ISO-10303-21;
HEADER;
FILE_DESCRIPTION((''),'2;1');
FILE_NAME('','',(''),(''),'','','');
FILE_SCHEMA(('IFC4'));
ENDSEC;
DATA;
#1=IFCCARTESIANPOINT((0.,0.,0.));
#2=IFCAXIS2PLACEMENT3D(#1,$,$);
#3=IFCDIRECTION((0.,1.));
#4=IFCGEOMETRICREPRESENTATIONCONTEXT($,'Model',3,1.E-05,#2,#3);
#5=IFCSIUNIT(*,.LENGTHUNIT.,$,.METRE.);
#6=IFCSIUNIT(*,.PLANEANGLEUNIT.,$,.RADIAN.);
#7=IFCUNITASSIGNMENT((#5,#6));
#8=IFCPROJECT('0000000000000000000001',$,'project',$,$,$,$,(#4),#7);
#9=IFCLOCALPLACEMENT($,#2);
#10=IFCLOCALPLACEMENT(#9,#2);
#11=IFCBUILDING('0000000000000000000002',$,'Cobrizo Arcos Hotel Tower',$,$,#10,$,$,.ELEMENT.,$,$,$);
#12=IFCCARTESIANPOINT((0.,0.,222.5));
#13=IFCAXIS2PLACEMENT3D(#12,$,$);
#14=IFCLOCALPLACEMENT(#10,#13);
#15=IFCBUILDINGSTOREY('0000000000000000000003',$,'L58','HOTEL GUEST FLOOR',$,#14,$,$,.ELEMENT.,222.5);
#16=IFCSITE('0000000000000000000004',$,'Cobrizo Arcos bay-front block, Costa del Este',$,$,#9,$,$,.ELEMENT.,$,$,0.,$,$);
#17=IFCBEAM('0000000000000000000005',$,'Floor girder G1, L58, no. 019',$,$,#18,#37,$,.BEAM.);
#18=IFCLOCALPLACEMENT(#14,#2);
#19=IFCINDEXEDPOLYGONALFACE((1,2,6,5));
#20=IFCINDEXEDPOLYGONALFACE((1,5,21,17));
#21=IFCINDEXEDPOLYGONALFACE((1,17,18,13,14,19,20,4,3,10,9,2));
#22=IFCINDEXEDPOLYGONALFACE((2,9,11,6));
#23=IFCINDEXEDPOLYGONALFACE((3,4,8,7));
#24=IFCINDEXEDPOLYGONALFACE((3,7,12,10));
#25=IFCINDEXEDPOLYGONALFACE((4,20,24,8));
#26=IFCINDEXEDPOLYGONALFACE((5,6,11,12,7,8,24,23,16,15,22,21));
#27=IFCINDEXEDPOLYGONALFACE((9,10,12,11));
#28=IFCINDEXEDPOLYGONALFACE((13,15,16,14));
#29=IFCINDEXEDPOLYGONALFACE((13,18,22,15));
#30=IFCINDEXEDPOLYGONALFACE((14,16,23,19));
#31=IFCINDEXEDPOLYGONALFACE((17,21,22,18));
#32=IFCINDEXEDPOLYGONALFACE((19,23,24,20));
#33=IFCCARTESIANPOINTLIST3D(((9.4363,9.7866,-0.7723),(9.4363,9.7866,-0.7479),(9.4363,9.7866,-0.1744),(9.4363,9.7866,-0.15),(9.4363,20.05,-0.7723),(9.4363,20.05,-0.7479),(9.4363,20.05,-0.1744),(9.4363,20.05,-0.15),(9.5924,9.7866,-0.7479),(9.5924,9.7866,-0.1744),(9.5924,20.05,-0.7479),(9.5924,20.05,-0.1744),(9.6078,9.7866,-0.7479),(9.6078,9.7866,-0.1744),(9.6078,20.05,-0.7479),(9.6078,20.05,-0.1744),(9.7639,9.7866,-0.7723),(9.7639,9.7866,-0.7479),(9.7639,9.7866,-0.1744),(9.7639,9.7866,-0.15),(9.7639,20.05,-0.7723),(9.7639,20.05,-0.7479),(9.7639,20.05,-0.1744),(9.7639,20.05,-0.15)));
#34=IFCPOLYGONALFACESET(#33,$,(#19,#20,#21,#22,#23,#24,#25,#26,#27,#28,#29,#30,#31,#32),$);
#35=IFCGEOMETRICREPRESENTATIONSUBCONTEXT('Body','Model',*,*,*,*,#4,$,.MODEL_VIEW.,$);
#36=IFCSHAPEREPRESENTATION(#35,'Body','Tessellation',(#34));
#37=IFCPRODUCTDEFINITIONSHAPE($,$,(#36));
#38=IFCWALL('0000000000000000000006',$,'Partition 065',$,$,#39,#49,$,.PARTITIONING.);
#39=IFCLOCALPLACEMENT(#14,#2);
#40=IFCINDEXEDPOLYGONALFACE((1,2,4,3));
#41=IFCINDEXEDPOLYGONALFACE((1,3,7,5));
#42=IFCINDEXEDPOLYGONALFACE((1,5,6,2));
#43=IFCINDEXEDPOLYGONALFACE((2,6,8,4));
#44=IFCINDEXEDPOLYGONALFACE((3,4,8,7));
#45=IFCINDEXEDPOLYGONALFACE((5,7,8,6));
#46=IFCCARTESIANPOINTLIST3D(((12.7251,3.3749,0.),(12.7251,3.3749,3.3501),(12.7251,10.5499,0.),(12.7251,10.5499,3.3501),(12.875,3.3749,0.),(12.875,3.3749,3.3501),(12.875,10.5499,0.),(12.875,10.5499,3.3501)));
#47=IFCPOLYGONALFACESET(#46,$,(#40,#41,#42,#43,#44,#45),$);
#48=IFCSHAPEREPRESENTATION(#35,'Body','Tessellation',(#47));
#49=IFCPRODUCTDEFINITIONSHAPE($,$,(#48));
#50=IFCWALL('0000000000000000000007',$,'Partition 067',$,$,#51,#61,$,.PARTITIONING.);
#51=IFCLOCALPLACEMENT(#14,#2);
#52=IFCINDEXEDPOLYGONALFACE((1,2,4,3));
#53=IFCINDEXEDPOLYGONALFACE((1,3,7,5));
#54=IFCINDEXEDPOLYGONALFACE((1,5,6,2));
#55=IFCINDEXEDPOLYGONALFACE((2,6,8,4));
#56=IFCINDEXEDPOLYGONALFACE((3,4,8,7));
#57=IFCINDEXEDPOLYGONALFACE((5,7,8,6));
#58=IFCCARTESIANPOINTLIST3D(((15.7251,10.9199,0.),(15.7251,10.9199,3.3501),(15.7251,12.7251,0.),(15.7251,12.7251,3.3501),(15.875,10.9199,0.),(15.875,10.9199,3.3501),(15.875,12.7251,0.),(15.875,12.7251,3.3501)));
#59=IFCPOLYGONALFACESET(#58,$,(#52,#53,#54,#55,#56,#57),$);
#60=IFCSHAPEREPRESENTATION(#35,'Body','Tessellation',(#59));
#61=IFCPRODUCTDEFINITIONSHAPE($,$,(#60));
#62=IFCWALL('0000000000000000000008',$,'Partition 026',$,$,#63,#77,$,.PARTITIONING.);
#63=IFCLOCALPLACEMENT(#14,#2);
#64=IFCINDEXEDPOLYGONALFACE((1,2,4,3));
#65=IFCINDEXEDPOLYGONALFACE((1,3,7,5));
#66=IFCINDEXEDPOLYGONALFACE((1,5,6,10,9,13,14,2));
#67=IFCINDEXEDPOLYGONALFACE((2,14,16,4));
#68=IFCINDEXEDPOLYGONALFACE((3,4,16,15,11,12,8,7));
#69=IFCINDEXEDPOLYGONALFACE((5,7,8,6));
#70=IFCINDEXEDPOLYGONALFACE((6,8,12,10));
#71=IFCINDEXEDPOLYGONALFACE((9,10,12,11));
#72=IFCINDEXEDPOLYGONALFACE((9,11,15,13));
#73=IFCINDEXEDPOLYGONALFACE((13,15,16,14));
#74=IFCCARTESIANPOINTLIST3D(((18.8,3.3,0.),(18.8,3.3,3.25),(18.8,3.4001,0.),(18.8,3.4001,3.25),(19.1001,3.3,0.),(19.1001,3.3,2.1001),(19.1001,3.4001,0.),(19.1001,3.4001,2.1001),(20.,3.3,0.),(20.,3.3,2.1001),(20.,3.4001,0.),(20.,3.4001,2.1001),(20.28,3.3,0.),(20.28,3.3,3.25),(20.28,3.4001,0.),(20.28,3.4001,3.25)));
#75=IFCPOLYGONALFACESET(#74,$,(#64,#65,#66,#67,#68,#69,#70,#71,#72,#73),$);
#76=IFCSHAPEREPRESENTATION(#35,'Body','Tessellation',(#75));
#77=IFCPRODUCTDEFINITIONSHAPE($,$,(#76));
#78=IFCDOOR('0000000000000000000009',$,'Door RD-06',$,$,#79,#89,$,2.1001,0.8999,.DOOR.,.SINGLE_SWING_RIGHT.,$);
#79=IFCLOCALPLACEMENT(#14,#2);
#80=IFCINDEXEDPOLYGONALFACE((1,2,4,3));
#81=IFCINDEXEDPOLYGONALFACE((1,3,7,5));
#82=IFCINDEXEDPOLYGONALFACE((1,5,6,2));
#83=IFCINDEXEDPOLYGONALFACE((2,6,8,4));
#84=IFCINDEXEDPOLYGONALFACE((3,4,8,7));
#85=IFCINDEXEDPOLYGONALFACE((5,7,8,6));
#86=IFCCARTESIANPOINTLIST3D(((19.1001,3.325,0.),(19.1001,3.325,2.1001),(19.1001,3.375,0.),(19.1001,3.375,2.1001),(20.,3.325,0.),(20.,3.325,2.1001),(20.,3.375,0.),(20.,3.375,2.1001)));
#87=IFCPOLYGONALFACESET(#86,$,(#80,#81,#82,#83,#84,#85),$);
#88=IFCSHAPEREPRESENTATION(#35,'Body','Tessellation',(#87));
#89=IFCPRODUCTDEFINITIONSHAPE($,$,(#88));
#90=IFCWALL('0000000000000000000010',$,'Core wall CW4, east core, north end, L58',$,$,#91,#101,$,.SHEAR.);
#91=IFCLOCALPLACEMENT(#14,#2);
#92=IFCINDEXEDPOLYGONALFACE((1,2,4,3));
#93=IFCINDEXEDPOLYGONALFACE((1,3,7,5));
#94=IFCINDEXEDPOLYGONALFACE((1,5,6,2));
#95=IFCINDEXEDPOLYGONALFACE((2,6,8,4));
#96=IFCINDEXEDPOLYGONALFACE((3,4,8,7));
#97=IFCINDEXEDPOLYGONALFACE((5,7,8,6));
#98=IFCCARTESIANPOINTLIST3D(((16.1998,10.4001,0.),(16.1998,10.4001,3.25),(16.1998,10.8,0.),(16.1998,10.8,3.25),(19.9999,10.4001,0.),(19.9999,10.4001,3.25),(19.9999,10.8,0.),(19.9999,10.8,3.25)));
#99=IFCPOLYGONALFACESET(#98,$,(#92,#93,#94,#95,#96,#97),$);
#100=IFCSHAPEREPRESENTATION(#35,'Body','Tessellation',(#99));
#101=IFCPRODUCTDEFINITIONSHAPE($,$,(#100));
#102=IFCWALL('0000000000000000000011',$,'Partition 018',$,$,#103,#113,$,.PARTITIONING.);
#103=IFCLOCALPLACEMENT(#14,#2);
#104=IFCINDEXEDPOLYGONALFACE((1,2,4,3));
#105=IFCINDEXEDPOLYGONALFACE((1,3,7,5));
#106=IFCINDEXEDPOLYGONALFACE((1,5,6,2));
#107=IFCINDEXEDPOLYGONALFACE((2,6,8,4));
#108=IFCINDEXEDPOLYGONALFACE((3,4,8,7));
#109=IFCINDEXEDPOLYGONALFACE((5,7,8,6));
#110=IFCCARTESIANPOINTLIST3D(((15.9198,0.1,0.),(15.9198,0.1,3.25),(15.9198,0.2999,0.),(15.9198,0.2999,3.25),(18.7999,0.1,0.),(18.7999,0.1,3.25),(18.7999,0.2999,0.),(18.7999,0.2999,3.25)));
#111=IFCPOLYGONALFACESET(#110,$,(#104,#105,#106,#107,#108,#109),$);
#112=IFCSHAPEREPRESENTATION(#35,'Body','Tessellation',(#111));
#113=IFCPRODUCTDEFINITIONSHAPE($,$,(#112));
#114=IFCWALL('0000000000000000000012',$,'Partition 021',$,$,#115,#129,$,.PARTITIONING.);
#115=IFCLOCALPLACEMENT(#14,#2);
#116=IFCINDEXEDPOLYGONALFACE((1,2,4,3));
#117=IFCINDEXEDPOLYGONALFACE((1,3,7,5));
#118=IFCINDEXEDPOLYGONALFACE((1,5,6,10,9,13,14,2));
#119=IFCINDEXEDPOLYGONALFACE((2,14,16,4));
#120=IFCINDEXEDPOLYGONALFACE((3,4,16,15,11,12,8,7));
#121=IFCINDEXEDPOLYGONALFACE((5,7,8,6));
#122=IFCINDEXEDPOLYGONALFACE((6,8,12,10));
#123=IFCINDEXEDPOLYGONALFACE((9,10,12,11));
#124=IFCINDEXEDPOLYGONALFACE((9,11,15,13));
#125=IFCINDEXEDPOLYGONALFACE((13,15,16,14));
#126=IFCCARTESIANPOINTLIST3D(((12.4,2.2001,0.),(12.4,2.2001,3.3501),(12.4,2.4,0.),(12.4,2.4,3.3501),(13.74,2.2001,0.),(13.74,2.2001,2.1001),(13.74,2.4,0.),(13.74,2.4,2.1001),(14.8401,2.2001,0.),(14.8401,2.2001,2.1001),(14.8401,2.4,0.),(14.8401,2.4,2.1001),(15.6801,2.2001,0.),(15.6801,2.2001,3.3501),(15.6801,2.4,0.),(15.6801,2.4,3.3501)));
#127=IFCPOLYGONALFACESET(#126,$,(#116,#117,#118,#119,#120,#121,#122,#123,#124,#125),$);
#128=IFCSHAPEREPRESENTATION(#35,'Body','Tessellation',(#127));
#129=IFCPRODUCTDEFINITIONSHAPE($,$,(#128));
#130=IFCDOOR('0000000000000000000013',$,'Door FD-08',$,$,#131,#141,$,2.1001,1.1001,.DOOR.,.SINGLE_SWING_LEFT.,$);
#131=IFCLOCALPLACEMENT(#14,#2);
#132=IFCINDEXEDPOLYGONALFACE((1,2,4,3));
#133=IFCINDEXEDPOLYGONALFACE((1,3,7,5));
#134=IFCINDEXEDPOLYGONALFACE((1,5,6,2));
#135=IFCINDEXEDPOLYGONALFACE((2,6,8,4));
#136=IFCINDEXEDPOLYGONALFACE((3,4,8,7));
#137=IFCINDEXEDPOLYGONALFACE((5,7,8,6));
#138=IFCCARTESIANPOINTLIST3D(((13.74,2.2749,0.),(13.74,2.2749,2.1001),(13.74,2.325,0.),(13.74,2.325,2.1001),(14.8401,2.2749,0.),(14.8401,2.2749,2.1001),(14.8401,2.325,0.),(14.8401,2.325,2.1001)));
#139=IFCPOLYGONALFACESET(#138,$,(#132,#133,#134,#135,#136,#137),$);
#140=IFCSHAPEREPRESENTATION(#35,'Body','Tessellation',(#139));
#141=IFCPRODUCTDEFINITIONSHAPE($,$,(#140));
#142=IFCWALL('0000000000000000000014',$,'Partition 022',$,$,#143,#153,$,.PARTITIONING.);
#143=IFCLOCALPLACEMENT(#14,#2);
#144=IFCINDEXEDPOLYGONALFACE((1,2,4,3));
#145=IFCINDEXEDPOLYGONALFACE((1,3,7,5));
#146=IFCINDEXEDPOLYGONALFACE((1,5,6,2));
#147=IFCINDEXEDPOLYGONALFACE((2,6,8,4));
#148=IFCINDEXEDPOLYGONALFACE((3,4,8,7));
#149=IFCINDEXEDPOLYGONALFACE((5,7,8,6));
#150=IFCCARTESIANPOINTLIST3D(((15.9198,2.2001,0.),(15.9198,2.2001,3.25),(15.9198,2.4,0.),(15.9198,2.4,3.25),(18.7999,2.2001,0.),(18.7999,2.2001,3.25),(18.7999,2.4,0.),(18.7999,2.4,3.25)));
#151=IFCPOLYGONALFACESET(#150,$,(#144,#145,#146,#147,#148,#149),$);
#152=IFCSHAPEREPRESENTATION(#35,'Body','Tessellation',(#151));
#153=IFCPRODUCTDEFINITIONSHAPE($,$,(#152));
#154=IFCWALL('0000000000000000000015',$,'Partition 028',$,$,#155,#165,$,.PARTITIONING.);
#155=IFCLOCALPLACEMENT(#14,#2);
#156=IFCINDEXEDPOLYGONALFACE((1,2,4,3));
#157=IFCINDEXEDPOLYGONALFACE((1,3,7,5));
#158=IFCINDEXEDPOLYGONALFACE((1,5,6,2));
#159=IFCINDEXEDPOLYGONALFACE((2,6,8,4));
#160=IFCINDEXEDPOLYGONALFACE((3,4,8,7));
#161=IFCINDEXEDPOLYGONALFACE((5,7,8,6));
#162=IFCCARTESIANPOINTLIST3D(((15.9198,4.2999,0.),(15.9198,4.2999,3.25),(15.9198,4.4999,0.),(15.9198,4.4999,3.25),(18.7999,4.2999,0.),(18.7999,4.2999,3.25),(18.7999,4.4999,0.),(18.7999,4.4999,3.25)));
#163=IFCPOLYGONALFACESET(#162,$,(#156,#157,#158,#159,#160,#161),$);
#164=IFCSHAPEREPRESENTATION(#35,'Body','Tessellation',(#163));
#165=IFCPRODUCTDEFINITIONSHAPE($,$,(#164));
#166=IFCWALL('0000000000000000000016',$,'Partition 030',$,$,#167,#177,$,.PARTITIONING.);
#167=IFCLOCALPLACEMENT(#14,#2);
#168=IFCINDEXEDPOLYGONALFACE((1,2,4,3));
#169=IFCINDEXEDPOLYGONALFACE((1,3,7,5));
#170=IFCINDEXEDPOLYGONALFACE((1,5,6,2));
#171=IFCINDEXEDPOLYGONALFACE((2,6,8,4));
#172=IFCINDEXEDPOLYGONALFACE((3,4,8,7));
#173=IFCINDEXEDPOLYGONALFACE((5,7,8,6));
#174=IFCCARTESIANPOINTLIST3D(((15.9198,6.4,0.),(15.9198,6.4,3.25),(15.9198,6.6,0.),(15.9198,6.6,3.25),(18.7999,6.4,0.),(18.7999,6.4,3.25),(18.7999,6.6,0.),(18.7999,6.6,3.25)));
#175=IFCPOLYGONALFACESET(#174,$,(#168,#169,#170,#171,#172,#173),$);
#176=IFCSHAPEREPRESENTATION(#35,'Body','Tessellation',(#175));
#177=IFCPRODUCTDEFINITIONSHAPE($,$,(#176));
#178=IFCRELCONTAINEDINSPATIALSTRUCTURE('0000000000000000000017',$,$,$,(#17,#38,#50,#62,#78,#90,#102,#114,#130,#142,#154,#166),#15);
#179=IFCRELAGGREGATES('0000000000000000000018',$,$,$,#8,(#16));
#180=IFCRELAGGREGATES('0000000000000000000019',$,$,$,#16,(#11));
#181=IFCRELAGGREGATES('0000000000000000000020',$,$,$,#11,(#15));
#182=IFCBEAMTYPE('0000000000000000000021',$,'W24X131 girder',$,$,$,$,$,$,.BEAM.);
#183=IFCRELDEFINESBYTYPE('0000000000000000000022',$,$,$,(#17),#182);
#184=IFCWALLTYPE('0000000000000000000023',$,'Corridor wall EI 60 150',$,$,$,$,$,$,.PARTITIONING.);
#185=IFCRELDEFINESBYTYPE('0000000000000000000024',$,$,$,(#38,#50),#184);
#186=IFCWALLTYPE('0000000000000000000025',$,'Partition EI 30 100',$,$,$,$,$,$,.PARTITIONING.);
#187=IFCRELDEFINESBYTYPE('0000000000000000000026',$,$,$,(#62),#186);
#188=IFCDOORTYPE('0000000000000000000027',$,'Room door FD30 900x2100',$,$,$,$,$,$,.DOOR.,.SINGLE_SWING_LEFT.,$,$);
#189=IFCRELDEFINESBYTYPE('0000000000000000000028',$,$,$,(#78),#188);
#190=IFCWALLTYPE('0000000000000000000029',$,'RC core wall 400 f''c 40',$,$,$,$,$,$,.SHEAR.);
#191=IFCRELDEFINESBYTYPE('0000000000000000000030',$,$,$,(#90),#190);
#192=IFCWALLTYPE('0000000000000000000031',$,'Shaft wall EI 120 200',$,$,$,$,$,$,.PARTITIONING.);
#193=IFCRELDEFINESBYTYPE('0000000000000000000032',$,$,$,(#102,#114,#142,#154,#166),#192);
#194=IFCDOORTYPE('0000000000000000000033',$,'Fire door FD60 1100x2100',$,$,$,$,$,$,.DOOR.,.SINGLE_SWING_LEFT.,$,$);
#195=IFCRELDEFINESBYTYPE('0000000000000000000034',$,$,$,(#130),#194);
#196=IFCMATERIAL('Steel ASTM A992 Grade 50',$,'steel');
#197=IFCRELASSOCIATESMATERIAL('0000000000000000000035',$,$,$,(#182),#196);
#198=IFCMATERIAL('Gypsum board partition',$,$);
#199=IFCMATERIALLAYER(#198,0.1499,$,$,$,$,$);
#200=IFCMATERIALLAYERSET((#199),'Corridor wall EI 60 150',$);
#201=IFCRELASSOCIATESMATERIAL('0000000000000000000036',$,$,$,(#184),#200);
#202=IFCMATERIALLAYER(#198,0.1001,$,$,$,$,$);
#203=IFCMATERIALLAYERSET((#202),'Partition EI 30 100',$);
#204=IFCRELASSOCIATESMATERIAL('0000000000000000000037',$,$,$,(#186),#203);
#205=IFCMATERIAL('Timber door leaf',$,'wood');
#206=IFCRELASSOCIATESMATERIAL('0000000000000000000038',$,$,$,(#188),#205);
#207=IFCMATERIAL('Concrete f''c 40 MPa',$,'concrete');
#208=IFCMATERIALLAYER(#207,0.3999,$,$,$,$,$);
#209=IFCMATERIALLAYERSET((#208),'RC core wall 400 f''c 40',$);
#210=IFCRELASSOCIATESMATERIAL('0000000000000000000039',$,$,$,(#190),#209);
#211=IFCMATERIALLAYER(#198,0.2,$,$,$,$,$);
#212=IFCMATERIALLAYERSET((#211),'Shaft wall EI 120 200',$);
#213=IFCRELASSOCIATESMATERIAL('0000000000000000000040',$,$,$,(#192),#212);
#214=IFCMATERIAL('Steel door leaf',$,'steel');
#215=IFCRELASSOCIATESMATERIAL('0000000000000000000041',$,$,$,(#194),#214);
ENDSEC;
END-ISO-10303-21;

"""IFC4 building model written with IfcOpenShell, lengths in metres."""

from ifc_helpers import new_model, si_unit, direction, frame, frame_2d, origin, origin_2d, place, context, subcontext, project, spatial, rectangle, i_section, extrude, material, layer, layer_set, material_profile, profile_set, type_object, element, fill, save


model = new_model("IFC4")

# Units and contexts
model_context = context("Model", 3, precision=1e-05, world=origin(), true_north=direction((0.0, 1.0)))
body_context = subcontext(model_context, "Body", "Model", "MODEL_VIEW")
ifc_project = project(units=[si_unit("LENGTHUNIT", "METRE"), si_unit("PLANEANGLEUNIT", "RADIAN")], contexts=[model_context])

# Site, building, storey
site_placement = place(None, origin())
site = spatial("IfcSite", under=ifc_project, at=site_placement, Name="Cobrizo Arcos bay-front block, Costa del Este", CompositionType="ELEMENT", RefElevation=0.0)
building_placement = place(site_placement, origin())
building = spatial("IfcBuilding", under=site, at=building_placement, Name="Cobrizo Arcos Hotel Tower", CompositionType="ELEMENT")
storey_placement = place(building_placement, frame((0.0, 0.0, 222.5)))
storey = spatial("IfcBuildingStorey", under=building, at=storey_placement, Name="L58", Description="HOTEL GUEST FLOOR", CompositionType="ELEMENT", Elevation=222.5)

# Shared definitions
ifc_material_1 = material(Name="Steel ASTM A992 Grade 50", Category="steel")

# Beam
ifc_material_profile_1 = material_profile(ifc_material_1, i_section(OverallWidth=0.3276, OverallDepth=0.6223, WebThickness=0.0154, FlangeThickness=0.0244, at=origin_2d()), Name="W24X131")
ifc_profile_set_1 = profile_set([ifc_material_profile_1], Name="Steel ASTM A992 Grade 50")
beam_type_1 = type_object("IfcBeamType", Name="W24X131 girder", PredefinedType="BEAM", material=ifc_profile_set_1)
beam_1_placement = place(storey_placement, frame((9.6001, 9.7866, -0.4612), z_axis=(0.0, 1.0, 0.0), x_axis=(-1.0, 0.0, 0.0)))
element("IfcBeam", 1, at=beam_1_placement, inside=storey, type_object=beam_type_1, Name="Floor girder G1, L58, no. 019", PredefinedType="BEAM", context=body_context, shape_type="SweptSolid", body=[
    extrude(i_section(OverallWidth=0.3276, OverallDepth=0.6223, WebThickness=0.0154, FlangeThickness=0.0244, at=origin_2d()), origin(), (0.0, 0.0, 1.0), 10.2634),
])

# Walls
ifc_material_2 = material(Name="Gypsum board partition")
ifc_layer_1 = layer(ifc_material_2, 0.1499)
ifc_layer_set_1 = layer_set([ifc_layer_1], Name="Corridor wall EI 60 150")
wall_type_1 = type_object("IfcWallType", Name="Corridor wall EI 60 150", PredefinedType="PARTITIONING", material=ifc_layer_set_1)
wall_1_placement = place(storey_placement, frame((12.8, 3.375, 0.0), z_axis=(0.0, 0.0, 1.0), x_axis=(0.0, 1.0, 0.0)))
element("IfcWall", 2, at=wall_1_placement, inside=storey, type_object=wall_type_1, Name="Partition 065", PredefinedType="PARTITIONING", context=body_context, shape_type="SweptSolid", body=[
    extrude(rectangle(XDim=7.175, YDim=0.1499, at=frame_2d((3.5874, 0.0))), origin(), (0.0, 0.0, 1.0), 3.3501),
])
wall_2_placement = place(storey_placement, frame((15.8, 10.9199, 0.0), z_axis=(0.0, 0.0, 1.0), x_axis=(0.0, 1.0, 0.0)))
element("IfcWall", 3, at=wall_2_placement, inside=storey, type_object=wall_type_1, Name="Partition 067", PredefinedType="PARTITIONING", context=body_context, shape_type="SweptSolid", body=[
    extrude(rectangle(XDim=1.8052, YDim=0.1499, at=frame_2d((0.9026, 0.0))), origin(), (0.0, 0.0, 1.0), 3.3501),
])

# Wall, opening, door
ifc_layer_2 = layer(ifc_material_2, 0.1001)
ifc_layer_set_2 = layer_set([ifc_layer_2], Name="Partition EI 30 100")
wall_type_2 = type_object("IfcWallType", Name="Partition EI 30 100", PredefinedType="PARTITIONING", material=ifc_layer_set_2)
wall_3_placement = place(storey_placement, frame((18.8, 3.3501, 0.0), z_axis=(0.0, 0.0, 1.0), x_axis=(1.0, 0.0, 0.0)))
wall_3 = element("IfcWall", 4, at=wall_3_placement, inside=storey, type_object=wall_type_2, Name="Partition 026", PredefinedType="PARTITIONING", context=body_context, shape_type="SweptSolid", body=[
    extrude(rectangle(XDim=1.48, YDim=0.1001, at=frame_2d((0.74, 0.0))), origin(), (0.0, 0.0, 1.0), 3.25),
])
opening_1_placement = place(wall_3_placement, frame((0.3, 0.0, 0.0)))
opening_1 = element("IfcOpeningElement", 5, at=opening_1_placement, cuts=wall_3, PredefinedType="OPENING", context=body_context, shape_type="SweptSolid", body=[
    extrude(rectangle(XDim=0.8999, YDim=2.1001, at=frame_2d((0.45, 1.05))), frame((0.0, 0.062, 0.0), z_axis=(0.0, -1.0, 0.0), x_axis=(1.0, 0.0, 0.0)), (0.0, 0.0, 1.0), 0.124),
])
ifc_material_3 = material(Name="Timber door leaf", Category="wood")
door_type_1 = type_object("IfcDoorType", Name="Room door FD30 900x2100", OperationType="SINGLE_SWING_LEFT", PredefinedType="DOOR", material=ifc_material_3)
door_1_placement = place(opening_1_placement, origin())
door_1 = element("IfcDoor", 6, at=door_1_placement, inside=storey, type_object=door_type_1, Name="Door RD-06", OperationType="SINGLE_SWING_RIGHT", OverallHeight=2.1001, OverallWidth=0.8999, PredefinedType="DOOR", context=body_context, shape_type="SweptSolid", body=[
    extrude(rectangle(XDim=0.8999, YDim=2.1001, at=frame_2d((0.45, 1.05))), frame((0.0, 0.0249, 0.0), z_axis=(0.0, -1.0, 0.0), x_axis=(1.0, 0.0, 0.0)), (0.0, 0.0, 1.0), 0.05),
])
fill(opening_1, door_1)

# Walls
ifc_material_4 = material(Name="Concrete f'c 40 MPa", Category="concrete")
ifc_layer_3 = layer(ifc_material_4, 0.3999)
ifc_layer_set_3 = layer_set([ifc_layer_3], Name="RC core wall 400 f'c 40")
wall_type_3 = type_object("IfcWallType", Name="RC core wall 400 f'c 40", PredefinedType="SHEAR", material=ifc_layer_set_3)
wall_4_placement = place(storey_placement, frame((16.2, 10.6001, 0.0), z_axis=(0.0, 0.0, 1.0), x_axis=(1.0, 0.0, 0.0)))
element("IfcWall", 7, at=wall_4_placement, inside=storey, type_object=wall_type_3, Name="Core wall CW4, east core, north end, L58", PredefinedType="SHEAR", context=body_context, shape_type="SweptSolid", body=[
    extrude(rectangle(XDim=3.8, YDim=0.3999, at=frame_2d((1.8999, 0.0))), origin(), (0.0, 0.0, 1.0), 3.25),
])
ifc_layer_4 = layer(ifc_material_2, 0.2)
ifc_layer_set_4 = layer_set([ifc_layer_4], Name="Shaft wall EI 120 200")
wall_type_4 = type_object("IfcWallType", Name="Shaft wall EI 120 200", PredefinedType="PARTITIONING", material=ifc_layer_set_4)
wall_5_placement = place(storey_placement, frame((15.9199, 0.2, 0.0), z_axis=(0.0, 0.0, 1.0), x_axis=(1.0, 0.0, 0.0)))
element("IfcWall", 8, at=wall_5_placement, inside=storey, type_object=wall_type_4, Name="Partition 018", PredefinedType="PARTITIONING", context=body_context, shape_type="SweptSolid", body=[
    extrude(rectangle(XDim=2.8801, YDim=0.2, at=frame_2d((1.4399, 0.0))), origin(), (0.0, 0.0, 1.0), 3.25),
])

# Wall, opening, door
wall_6_placement = place(storey_placement, frame((12.3999, 2.3, 0.0), z_axis=(0.0, 0.0, 1.0), x_axis=(1.0, 0.0, 0.0)))
wall_6 = element("IfcWall", 9, at=wall_6_placement, inside=storey, type_object=wall_type_4, Name="Partition 021", PredefinedType="PARTITIONING", context=body_context, shape_type="SweptSolid", body=[
    extrude(rectangle(XDim=3.28, YDim=0.2, at=frame_2d((1.6401, 0.0))), origin(), (0.0, 0.0, 1.0), 3.3501),
])
opening_2_placement = place(wall_6_placement, frame((1.3401, 0.0, 0.0)))
opening_2 = element("IfcOpeningElement", 10, at=opening_2_placement, cuts=wall_6, PredefinedType="OPENING", context=body_context, shape_type="SweptSolid", body=[
    extrude(rectangle(XDim=1.1001, YDim=2.1001, at=frame_2d((0.55, 1.05))), frame((0.0, 0.1121, 0.0), z_axis=(0.0, -1.0, 0.0), x_axis=(1.0, 0.0, 0.0)), (0.0, 0.0, 1.0), 0.2239),
])
ifc_material_5 = material(Name="Steel door leaf", Category="steel")
door_type_2 = type_object("IfcDoorType", Name="Fire door FD60 1100x2100", OperationType="SINGLE_SWING_LEFT", PredefinedType="DOOR", material=ifc_material_5)
door_2_placement = place(opening_2_placement, origin())
door_2 = element("IfcDoor", 11, at=door_2_placement, inside=storey, type_object=door_type_2, Name="Door FD-08", OperationType="SINGLE_SWING_LEFT", OverallHeight=2.1001, OverallWidth=1.1001, PredefinedType="DOOR", context=body_context, shape_type="SweptSolid", body=[
    extrude(rectangle(XDim=1.1001, YDim=2.1001, at=frame_2d((0.55, 1.05))), frame((0.0, 0.0249, 0.0), z_axis=(0.0, -1.0, 0.0), x_axis=(1.0, 0.0, 0.0)), (0.0, 0.0, 1.0), 0.05),
])
fill(opening_2, door_2)

# Walls
for number, where, z_axis, x_axis, name in (
    (12, (15.9199, 2.3, 0.0), (0.0, 0.0, 1.0), (1.0, 0.0, 0.0), "Partition 022"),
    (13, (15.9199, 4.3999, 0.0), (0.0, 0.0, 1.0), (1.0, 0.0, 0.0), "Partition 028"),
    (14, (15.9199, 6.5, 0.0), (0.0, 0.0, 1.0), (1.0, 0.0, 0.0), "Partition 030"),
):
    element("IfcWall", number, at=place(storey_placement, frame(where, z_axis=z_axis, x_axis=x_axis)), inside=storey, type_object=wall_type_4, Name=name, PredefinedType="PARTITIONING", context=body_context, shape_type="SweptSolid", body=[
        extrude(rectangle(XDim=2.8801, YDim=0.2, at=frame_2d((1.4399, 0.0))), origin(), (0.0, 0.0, 1.0), 3.25),
    ])

save(model, "model.ifc")
